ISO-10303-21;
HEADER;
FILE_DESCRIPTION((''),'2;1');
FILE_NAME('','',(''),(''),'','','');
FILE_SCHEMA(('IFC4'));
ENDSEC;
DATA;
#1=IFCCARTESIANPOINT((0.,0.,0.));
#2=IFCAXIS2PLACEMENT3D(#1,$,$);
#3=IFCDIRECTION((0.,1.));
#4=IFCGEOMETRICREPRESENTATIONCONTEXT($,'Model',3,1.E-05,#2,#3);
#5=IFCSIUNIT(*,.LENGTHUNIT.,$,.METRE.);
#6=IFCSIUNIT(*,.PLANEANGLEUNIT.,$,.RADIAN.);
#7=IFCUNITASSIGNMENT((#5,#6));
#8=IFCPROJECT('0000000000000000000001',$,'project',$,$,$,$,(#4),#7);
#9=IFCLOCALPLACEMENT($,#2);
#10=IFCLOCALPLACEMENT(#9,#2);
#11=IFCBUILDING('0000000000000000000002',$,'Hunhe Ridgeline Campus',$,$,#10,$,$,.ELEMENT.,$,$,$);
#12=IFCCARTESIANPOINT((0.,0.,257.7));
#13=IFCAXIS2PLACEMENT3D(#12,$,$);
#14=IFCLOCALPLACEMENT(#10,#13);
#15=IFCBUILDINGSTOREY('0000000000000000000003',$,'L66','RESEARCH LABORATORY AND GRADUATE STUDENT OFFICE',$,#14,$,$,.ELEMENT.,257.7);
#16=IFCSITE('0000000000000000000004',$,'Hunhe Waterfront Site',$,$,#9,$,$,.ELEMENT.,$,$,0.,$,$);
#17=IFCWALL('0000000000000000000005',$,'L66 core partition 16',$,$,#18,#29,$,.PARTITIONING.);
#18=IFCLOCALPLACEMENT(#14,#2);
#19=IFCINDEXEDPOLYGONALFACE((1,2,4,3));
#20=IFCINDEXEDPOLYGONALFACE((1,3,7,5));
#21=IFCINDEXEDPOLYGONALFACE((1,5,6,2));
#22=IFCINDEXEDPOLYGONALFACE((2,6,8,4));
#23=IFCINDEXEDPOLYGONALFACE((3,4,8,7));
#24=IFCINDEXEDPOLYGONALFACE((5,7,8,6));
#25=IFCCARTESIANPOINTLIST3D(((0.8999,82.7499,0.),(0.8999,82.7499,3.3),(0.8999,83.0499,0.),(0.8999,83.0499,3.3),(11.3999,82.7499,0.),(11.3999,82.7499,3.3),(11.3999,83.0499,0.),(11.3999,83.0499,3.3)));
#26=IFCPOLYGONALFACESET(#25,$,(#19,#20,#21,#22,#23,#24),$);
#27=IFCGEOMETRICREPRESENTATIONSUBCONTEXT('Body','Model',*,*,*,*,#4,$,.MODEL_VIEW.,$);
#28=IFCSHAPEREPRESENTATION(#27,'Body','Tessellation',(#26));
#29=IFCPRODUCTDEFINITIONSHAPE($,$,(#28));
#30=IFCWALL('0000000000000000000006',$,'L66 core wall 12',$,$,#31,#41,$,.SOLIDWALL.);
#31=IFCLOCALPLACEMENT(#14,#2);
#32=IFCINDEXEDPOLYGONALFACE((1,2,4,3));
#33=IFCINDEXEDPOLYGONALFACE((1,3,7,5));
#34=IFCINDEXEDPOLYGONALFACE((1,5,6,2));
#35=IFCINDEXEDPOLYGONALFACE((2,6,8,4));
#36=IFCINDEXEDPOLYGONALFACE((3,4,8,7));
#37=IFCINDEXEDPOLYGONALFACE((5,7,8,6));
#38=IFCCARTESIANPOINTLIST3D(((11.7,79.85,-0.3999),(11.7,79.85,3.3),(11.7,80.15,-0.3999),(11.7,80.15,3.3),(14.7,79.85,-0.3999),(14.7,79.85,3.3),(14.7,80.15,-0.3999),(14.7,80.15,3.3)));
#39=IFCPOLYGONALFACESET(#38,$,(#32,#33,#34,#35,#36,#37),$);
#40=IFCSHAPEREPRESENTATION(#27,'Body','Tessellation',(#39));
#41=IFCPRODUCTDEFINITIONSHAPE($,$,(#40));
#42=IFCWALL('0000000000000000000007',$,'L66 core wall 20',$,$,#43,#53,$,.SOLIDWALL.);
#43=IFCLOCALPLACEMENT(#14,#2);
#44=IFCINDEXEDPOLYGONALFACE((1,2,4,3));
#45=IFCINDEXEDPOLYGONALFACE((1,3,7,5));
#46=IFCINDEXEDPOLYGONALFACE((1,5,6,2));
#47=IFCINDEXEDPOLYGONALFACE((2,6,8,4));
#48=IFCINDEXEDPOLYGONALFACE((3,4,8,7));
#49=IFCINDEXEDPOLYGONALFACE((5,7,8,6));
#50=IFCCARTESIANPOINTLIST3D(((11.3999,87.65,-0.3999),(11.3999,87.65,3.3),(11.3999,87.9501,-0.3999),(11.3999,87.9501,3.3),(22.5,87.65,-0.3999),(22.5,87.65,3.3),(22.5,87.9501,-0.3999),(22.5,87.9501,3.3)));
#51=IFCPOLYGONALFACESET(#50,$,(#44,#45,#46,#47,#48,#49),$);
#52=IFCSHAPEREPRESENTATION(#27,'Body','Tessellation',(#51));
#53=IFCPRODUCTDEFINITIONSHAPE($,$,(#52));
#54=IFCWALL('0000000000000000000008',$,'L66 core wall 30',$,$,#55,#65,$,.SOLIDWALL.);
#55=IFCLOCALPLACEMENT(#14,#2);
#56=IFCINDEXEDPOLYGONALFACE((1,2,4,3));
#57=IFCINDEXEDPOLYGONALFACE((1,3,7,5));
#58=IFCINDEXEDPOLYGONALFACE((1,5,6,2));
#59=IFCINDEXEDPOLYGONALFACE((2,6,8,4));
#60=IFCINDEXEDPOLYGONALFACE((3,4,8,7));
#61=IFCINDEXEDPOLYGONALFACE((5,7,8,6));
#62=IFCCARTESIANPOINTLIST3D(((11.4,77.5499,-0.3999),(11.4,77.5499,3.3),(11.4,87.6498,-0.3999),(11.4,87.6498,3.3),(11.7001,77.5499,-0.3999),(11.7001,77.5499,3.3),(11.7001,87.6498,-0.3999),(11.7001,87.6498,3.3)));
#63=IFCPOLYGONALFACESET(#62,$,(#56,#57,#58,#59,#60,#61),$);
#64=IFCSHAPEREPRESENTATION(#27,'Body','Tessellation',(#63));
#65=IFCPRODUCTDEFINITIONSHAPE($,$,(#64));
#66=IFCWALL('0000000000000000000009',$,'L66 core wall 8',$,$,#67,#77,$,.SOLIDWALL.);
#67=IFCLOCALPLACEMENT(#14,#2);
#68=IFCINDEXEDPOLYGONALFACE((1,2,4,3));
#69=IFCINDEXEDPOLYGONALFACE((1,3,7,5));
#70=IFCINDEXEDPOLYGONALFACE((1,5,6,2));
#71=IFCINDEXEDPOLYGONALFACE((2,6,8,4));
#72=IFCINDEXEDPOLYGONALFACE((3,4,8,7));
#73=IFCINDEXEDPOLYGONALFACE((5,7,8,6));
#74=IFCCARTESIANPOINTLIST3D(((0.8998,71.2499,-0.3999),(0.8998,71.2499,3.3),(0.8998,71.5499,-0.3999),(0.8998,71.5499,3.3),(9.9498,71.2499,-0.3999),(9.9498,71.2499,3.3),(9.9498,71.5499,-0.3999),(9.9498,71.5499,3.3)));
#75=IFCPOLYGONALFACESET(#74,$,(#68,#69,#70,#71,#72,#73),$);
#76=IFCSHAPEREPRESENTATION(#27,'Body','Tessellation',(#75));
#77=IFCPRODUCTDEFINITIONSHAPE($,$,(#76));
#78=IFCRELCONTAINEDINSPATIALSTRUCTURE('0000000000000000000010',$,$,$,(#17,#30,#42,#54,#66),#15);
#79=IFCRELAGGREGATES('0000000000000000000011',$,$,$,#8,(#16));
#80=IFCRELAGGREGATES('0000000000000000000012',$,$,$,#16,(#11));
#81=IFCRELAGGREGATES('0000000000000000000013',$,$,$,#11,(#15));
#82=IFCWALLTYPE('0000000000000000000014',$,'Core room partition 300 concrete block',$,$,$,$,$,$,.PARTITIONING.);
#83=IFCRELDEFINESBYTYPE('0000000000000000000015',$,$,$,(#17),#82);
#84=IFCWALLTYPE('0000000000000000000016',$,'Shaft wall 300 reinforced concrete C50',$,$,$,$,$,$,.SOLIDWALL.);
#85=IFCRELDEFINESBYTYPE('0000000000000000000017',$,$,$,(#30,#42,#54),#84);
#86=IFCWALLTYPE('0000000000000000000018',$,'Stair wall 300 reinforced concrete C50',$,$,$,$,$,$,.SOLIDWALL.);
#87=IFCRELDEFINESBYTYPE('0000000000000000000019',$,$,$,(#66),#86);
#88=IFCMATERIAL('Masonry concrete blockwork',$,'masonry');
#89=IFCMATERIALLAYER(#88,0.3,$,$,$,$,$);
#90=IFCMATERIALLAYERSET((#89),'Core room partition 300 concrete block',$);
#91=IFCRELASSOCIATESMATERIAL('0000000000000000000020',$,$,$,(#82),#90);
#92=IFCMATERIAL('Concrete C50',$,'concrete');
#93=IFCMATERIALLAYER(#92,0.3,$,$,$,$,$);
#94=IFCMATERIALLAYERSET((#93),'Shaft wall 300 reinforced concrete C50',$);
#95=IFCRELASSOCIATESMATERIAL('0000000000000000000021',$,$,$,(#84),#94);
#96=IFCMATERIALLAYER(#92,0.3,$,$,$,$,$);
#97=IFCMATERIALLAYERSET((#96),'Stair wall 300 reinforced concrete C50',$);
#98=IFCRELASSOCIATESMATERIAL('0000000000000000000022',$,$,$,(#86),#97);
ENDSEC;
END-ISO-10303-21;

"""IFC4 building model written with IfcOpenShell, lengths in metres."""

from ifc_helpers import new_model, si_unit, direction, frame, frame_2d, origin, place, context, subcontext, project, spatial, rectangle, extrude, material, layer, layer_set, type_object, element, save


model = new_model("IFC4")

# Units and contexts
model_context = context("Model", 3, precision=1e-05, world=origin(), true_north=direction((0.0, 1.0)))
body_context = subcontext(model_context, "Body", "Model", "MODEL_VIEW")
ifc_project = project(units=[si_unit("LENGTHUNIT", "METRE"), si_unit("PLANEANGLEUNIT", "RADIAN")], contexts=[model_context])

# Site, building, storey
site_placement = place(None, origin())
site = spatial("IfcSite", under=ifc_project, at=site_placement, Name="Hunhe Waterfront Site", CompositionType="ELEMENT", RefElevation=0.0)
building_placement = place(site_placement, origin())
building = spatial("IfcBuilding", under=site, at=building_placement, Name="Hunhe Ridgeline Campus", CompositionType="ELEMENT")
storey_placement = place(building_placement, frame((0.0, 0.0, 257.7)))
storey = spatial("IfcBuildingStorey", under=building, at=storey_placement, Name="L66", Description="RESEARCH LABORATORY AND GRADUATE STUDENT OFFICE", CompositionType="ELEMENT", Elevation=257.7)

# Shared definitions
ifc_material_1 = material(Name="Masonry concrete blockwork", Category="masonry")
ifc_layer_1 = layer(ifc_material_1, 0.3)
ifc_layer_set_1 = layer_set([ifc_layer_1], Name="Core room partition 300 concrete block")
wall_type_1 = type_object("IfcWallType", Name="Core room partition 300 concrete block", PredefinedType="PARTITIONING", material=ifc_layer_set_1)

# Wall
wall_1_placement = place(storey_placement, frame((0.8999, 82.8999, 0.0), z_axis=(0.0, 0.0, 1.0), x_axis=(1.0, 0.0, 0.0)))
element("IfcWall", 1, at=wall_1_placement, inside=storey, type_object=wall_type_1, Name="L66 core partition 16", PredefinedType="PARTITIONING", context=body_context, shape_type="SweptSolid", body=[
    extrude(rectangle(XDim=10.5, YDim=0.3, at=frame_2d((5.25, 0.0))), origin(), (0.0, 0.0, 1.0), 3.3),
])

# Shared definitions
ifc_material_2 = material(Name="Concrete C50", Category="concrete")
ifc_layer_2 = layer(ifc_material_2, 0.3)
ifc_layer_set_2 = layer_set([ifc_layer_2], Name="Shaft wall 300 reinforced concrete C50")
wall_type_2 = type_object("IfcWallType", Name="Shaft wall 300 reinforced concrete C50", PredefinedType="SOLIDWALL", material=ifc_layer_set_2)

# Walls
wall_2_placement = place(storey_placement, frame((11.7, 80.0, -0.3999), z_axis=(0.0, 0.0, 1.0), x_axis=(1.0, 0.0, 0.0)))
element("IfcWall", 2, at=wall_2_placement, inside=storey, type_object=wall_type_2, Name="L66 core wall 12", PredefinedType="SOLIDWALL", context=body_context, shape_type="SweptSolid", body=[
    extrude(rectangle(XDim=3.0, YDim=0.3, at=frame_2d((1.5, 0.0))), origin(), (0.0, 0.0, 1.0), 3.7),
])
wall_3_placement = place(storey_placement, frame((11.3999, 87.8, -0.3999), z_axis=(0.0, 0.0, 1.0), x_axis=(1.0, 0.0, 0.0)))
element("IfcWall", 3, at=wall_3_placement, inside=storey, type_object=wall_type_2, Name="L66 core wall 20", PredefinedType="SOLIDWALL", context=body_context, shape_type="SweptSolid", body=[
    extrude(rectangle(XDim=11.1001, YDim=0.3, at=frame_2d((5.55, 0.0))), origin(), (0.0, 0.0, 1.0), 3.7),
])
wall_4_placement = place(storey_placement, frame((11.55, 77.55, -0.3999), z_axis=(0.0, 0.0, 1.0), x_axis=(0.0, 1.0, 0.0)))
element("IfcWall", 4, at=wall_4_placement, inside=storey, type_object=wall_type_2, Name="L66 core wall 30", PredefinedType="SOLIDWALL", context=body_context, shape_type="SweptSolid", body=[
    extrude(rectangle(XDim=10.0999, YDim=0.3, at=frame_2d((5.0498, 0.0))), origin(), (0.0, 0.0, 1.0), 3.7),
])
ifc_layer_3 = layer(ifc_material_2, 0.3)
ifc_layer_set_3 = layer_set([ifc_layer_3], Name="Stair wall 300 reinforced concrete C50")
wall_type_3 = type_object("IfcWallType", Name="Stair wall 300 reinforced concrete C50", PredefinedType="SOLIDWALL", material=ifc_layer_set_3)
wall_5_placement = place(storey_placement, frame((0.8999, 71.3999, -0.3999), z_axis=(0.0, 0.0, 1.0), x_axis=(1.0, 0.0, 0.0)))
element("IfcWall", 5, at=wall_5_placement, inside=storey, type_object=wall_type_3, Name="L66 core wall 8", PredefinedType="SOLIDWALL", context=body_context, shape_type="SweptSolid", body=[
    extrude(rectangle(XDim=9.05, YDim=0.3, at=frame_2d((4.5249, 0.0))), origin(), (0.0, 0.0, 1.0), 3.7),
])

save(model, "model.ifc")
